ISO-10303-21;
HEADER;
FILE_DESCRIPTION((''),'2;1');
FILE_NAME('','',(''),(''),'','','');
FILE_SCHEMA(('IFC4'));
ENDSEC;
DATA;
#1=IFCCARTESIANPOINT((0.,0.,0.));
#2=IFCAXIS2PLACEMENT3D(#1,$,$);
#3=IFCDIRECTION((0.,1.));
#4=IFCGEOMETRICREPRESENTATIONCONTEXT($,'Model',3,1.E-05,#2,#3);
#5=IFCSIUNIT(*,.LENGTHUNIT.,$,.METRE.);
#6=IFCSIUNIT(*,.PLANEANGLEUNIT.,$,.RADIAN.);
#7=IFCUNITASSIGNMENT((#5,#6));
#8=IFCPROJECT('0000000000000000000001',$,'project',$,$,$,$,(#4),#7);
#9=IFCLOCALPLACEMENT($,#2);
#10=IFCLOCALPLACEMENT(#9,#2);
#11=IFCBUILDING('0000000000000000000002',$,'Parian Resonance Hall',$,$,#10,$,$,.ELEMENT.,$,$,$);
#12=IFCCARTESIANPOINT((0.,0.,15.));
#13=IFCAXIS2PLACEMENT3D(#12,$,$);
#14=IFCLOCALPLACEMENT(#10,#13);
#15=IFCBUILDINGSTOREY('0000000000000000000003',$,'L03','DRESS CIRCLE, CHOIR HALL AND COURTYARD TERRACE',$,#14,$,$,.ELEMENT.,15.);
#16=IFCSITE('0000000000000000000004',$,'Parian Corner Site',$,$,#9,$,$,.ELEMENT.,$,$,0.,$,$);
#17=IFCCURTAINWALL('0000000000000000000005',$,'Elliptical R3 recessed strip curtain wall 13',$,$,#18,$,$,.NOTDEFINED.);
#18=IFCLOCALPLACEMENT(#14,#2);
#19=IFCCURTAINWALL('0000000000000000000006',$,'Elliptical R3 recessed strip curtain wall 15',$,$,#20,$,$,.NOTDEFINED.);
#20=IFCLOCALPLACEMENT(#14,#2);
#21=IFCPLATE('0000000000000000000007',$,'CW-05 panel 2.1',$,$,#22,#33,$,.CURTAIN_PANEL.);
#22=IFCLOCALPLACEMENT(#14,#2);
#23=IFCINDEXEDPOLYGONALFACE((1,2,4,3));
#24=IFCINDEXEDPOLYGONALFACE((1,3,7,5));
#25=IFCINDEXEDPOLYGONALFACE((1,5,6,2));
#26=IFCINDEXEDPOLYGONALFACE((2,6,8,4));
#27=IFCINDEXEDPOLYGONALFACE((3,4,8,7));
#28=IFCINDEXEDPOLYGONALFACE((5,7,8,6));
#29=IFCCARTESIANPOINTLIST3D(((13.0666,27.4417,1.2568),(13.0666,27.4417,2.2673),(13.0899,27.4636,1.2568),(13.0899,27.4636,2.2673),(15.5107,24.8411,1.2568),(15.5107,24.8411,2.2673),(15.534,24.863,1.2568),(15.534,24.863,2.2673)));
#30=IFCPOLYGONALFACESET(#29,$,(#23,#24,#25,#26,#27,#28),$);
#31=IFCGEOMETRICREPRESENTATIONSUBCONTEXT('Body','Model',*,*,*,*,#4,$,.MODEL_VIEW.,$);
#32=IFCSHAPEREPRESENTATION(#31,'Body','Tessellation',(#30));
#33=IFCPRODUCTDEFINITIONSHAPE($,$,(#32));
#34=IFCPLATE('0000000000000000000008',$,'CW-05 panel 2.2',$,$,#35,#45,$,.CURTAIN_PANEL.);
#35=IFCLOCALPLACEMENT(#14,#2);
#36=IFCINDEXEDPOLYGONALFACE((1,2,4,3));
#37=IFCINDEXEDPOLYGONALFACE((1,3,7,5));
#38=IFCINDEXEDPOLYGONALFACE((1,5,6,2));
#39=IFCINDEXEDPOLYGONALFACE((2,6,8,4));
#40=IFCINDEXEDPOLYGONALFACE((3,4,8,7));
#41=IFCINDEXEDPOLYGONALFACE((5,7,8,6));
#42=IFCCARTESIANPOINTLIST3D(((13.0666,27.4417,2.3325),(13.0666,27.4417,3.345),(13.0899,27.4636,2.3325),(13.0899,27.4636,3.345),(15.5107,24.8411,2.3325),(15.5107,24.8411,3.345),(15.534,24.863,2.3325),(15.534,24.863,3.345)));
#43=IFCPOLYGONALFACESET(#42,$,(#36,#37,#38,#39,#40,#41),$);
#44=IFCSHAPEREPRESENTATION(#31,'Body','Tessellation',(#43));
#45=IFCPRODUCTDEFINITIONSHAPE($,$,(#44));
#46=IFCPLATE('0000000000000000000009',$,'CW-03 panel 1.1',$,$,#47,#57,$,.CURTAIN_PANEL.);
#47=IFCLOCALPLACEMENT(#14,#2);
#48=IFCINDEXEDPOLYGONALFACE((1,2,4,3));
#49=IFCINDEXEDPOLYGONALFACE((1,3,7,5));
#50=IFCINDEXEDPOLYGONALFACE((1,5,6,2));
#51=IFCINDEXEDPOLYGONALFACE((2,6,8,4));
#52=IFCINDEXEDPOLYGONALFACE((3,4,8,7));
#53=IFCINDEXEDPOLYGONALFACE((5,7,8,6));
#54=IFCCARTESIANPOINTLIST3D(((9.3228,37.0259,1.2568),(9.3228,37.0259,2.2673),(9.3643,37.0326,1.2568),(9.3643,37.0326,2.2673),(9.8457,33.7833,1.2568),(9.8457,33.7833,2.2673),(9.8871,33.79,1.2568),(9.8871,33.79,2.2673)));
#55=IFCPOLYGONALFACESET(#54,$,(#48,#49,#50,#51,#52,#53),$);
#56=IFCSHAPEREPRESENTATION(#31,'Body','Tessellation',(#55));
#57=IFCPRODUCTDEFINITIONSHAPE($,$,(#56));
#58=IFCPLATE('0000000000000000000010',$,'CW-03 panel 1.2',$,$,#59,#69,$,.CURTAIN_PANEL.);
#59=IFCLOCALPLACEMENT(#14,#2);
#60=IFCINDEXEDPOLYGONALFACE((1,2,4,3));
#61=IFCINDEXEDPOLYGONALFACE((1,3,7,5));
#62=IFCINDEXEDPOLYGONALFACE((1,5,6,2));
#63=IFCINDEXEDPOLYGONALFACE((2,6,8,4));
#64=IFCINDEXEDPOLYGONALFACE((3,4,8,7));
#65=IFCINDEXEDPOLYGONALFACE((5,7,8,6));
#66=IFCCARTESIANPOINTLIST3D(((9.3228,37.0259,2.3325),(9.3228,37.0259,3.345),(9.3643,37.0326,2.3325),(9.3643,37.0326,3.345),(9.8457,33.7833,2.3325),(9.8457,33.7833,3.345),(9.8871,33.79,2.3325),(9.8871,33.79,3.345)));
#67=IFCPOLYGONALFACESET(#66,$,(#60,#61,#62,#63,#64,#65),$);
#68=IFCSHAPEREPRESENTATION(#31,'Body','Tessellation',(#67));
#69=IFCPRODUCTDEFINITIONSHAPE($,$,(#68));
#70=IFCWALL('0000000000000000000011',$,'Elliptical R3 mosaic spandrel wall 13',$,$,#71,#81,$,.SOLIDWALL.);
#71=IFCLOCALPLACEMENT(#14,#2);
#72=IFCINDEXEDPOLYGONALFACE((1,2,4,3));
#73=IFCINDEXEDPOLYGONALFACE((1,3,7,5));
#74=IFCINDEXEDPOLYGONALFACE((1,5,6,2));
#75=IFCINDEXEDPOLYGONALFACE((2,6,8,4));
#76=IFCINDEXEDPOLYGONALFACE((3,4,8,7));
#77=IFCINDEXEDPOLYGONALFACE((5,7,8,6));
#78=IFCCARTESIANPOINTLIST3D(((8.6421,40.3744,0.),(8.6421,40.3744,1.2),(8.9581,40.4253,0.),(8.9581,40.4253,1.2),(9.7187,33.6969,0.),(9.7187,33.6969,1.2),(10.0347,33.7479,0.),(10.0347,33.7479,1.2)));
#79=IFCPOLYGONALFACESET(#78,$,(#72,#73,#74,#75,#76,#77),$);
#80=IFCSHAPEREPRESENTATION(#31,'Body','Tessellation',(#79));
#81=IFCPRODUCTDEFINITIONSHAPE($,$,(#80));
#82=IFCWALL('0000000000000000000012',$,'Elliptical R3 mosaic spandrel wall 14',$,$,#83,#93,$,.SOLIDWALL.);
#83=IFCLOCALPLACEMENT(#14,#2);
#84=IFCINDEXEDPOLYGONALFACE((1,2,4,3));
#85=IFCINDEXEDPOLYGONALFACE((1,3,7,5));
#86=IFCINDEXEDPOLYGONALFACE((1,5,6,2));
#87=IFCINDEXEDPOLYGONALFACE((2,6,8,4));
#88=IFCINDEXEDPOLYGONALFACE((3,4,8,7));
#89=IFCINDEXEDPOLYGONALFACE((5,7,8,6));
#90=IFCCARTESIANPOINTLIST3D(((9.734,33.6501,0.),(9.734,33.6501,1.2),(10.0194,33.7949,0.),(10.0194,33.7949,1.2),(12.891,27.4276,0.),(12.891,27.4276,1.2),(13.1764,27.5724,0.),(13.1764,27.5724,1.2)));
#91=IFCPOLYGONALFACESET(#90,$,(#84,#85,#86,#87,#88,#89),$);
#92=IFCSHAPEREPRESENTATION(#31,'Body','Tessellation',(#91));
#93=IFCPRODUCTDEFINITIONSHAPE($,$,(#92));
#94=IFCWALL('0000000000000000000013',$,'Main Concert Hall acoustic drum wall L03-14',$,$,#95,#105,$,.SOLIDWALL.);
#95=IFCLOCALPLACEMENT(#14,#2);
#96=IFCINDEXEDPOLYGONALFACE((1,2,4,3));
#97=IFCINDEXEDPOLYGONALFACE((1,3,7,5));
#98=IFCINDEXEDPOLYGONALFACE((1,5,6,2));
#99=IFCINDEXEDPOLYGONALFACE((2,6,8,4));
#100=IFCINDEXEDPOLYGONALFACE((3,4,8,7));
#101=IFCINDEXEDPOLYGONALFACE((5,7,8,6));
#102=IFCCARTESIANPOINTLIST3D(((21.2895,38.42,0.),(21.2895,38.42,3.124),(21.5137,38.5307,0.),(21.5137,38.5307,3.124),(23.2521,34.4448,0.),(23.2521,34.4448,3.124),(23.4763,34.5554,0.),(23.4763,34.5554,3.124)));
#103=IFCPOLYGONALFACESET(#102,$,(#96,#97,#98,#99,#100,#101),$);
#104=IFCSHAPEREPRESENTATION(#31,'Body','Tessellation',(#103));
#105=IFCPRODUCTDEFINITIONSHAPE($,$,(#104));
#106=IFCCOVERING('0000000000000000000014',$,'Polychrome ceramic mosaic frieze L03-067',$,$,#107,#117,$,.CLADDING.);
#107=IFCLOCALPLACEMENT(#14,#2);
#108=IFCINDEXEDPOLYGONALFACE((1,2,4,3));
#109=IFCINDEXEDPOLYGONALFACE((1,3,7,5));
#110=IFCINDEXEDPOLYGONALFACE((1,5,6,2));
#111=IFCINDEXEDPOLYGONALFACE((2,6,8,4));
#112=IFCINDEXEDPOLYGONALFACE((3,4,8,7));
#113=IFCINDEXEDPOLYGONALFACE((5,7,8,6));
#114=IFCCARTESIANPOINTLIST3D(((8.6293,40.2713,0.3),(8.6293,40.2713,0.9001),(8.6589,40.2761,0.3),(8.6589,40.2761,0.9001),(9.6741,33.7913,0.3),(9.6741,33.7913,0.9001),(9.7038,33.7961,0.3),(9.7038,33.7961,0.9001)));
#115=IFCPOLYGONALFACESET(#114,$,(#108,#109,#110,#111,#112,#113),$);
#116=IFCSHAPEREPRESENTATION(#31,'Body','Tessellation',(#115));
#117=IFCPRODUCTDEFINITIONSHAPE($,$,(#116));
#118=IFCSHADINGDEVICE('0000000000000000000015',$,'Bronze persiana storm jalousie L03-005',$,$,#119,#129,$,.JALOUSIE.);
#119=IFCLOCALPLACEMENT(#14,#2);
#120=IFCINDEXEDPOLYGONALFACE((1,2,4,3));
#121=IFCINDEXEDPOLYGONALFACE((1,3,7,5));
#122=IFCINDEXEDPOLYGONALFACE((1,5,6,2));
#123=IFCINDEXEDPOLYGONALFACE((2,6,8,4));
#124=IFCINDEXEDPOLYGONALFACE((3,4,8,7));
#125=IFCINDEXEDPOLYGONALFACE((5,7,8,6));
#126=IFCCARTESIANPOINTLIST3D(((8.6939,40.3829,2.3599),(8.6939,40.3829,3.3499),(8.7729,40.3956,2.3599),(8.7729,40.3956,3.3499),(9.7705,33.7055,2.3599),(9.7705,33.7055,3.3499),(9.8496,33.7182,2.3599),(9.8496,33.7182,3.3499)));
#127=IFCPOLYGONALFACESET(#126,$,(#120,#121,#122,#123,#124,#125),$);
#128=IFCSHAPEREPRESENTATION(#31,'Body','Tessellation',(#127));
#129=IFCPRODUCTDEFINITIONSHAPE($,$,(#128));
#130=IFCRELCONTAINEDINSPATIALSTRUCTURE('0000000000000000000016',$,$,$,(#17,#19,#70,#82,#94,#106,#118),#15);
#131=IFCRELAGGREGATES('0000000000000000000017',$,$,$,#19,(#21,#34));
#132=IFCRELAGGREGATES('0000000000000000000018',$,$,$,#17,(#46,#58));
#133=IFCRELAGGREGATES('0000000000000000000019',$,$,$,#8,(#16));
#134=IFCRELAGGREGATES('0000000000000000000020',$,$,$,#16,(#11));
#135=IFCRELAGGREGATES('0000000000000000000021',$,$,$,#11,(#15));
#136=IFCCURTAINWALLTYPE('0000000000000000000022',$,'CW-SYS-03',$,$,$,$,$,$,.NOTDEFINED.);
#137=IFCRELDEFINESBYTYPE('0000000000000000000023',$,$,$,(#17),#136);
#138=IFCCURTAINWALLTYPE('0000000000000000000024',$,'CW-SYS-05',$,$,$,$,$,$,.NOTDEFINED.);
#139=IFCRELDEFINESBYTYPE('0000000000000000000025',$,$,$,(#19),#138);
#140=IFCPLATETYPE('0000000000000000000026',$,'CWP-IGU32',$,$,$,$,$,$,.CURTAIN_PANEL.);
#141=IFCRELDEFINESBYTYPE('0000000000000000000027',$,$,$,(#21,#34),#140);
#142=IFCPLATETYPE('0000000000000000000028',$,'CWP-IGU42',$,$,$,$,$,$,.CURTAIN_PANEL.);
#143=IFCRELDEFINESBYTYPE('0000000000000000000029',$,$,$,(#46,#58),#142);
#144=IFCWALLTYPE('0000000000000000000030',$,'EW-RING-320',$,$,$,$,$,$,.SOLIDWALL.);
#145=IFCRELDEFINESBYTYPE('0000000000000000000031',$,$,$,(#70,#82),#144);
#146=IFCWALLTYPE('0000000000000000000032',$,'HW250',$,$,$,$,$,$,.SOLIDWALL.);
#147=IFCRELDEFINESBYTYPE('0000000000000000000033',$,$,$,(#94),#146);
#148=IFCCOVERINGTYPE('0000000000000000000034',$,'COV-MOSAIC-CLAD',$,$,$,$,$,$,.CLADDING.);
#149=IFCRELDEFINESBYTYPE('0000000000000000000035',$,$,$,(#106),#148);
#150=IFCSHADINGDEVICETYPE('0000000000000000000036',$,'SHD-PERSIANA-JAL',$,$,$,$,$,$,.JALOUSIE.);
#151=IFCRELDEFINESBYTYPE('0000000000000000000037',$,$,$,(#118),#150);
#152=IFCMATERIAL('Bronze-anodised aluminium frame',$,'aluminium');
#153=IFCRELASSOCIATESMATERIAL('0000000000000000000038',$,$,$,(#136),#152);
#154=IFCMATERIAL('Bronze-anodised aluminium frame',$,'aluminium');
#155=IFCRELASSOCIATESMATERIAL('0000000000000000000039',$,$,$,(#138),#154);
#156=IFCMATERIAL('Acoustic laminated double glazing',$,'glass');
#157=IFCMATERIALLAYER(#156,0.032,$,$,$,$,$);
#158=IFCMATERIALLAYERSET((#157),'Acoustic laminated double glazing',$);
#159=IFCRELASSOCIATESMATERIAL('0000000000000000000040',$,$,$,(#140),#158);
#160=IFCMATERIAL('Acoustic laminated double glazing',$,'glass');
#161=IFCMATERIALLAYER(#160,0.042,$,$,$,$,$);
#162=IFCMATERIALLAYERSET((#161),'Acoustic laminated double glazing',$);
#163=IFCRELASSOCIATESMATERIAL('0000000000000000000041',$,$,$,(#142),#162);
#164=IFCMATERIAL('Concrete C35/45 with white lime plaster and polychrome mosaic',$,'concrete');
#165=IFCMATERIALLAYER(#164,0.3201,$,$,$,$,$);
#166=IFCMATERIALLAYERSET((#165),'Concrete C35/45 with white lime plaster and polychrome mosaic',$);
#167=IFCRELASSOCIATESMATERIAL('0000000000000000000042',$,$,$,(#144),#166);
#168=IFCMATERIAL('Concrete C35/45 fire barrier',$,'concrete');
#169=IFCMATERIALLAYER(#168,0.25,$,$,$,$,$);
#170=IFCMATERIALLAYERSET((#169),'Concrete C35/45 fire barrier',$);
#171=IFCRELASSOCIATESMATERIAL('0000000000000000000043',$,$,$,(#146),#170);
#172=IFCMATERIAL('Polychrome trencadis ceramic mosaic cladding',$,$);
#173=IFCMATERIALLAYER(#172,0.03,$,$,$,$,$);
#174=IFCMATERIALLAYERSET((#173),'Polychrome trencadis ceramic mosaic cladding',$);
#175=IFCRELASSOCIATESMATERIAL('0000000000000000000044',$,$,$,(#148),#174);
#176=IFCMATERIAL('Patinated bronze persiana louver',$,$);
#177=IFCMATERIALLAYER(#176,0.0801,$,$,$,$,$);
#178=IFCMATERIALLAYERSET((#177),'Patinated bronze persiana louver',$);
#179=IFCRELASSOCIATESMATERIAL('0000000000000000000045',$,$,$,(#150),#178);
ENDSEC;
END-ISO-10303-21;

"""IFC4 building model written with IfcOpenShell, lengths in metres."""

from ifc_helpers import new_model, si_unit, direction, frame, frame_2d, origin, origin_2d, place, context, subcontext, project, spatial, rectangle, extrude, material, layer, layer_set, type_object, element, aggregate, save


model = new_model("IFC4")

# Units and contexts
model_context = context("Model", 3, precision=1e-05, world=origin(), true_north=direction((0.0, 1.0)))
body_context = subcontext(model_context, "Body", "Model", "MODEL_VIEW")
ifc_project = project(units=[si_unit("LENGTHUNIT", "METRE"), si_unit("PLANEANGLEUNIT", "RADIAN")], contexts=[model_context])

# Site, building, storey
site_placement = place(None, origin())
site = spatial("IfcSite", under=ifc_project, at=site_placement, Name="Parian Corner Site", CompositionType="ELEMENT", RefElevation=0.0)
building_placement = place(site_placement, origin())
building = spatial("IfcBuilding", under=site, at=building_placement, Name="Parian Resonance Hall", CompositionType="ELEMENT")
storey_placement = place(building_placement, frame((0.0, 0.0, 15.0)))
storey = spatial("IfcBuildingStorey", under=building, at=storey_placement, Name="L03", Description="DRESS CIRCLE, CHOIR HALL AND COURTYARD TERRACE", CompositionType="ELEMENT", Elevation=15.0)

# Curtain walls
ifc_material_1 = material(Name="Bronze-anodised aluminium frame", Category="aluminium")
curtain_wall_type_1 = type_object("IfcCurtainWallType", Name="CW-SYS-03", PredefinedType="NOTDEFINED", material=ifc_material_1)
curtain_wall_1_placement = place(storey_placement, origin())
curtain_wall_1 = element("IfcCurtainWall", 1, at=curtain_wall_1_placement, inside=storey, type_object=curtain_wall_type_1, Name="Elliptical R3 recessed strip curtain wall 13", PredefinedType="NOTDEFINED")
ifc_material_2 = material(Name="Bronze-anodised aluminium frame", Category="aluminium")
curtain_wall_type_2 = type_object("IfcCurtainWallType", Name="CW-SYS-05", PredefinedType="NOTDEFINED", material=ifc_material_2)
curtain_wall_2_placement = place(storey_placement, origin())
curtain_wall_2 = element("IfcCurtainWall", 2, at=curtain_wall_2_placement, inside=storey, type_object=curtain_wall_type_2, Name="Elliptical R3 recessed strip curtain wall 15", PredefinedType="NOTDEFINED")

# Plates
ifc_material_3 = material(Name="Acoustic laminated double glazing", Category="glass")
ifc_layer_1 = layer(ifc_material_3, 0.032)
ifc_layer_set_1 = layer_set([ifc_layer_1], Name="Acoustic laminated double glazing")
plate_type_1 = type_object("IfcPlateType", Name="CWP-IGU32", PredefinedType="CURTAIN_PANEL", material=ifc_layer_set_1)
plate_1_placement = place(storey_placement, frame((14.3003, 26.1523, 1.2568), z_axis=(0.0, 0.0, 1.0), x_axis=(-0.684838, 0.728695, 0.0)))
plate_1 = element("IfcPlate", 3, at=plate_1_placement, type_object=plate_type_1, Name="CW-05 panel 2.1", PredefinedType="CURTAIN_PANEL", context=body_context, shape_type="SweptSolid", body=[
    extrude(rectangle(XDim=3.5688, YDim=0.032, at=origin_2d()), origin(), (0.0, 0.0, 1.0), 1.0105),
])
plate_2_placement = place(storey_placement, frame((14.3003, 26.1523, 2.3325), z_axis=(0.0, 0.0, 1.0), x_axis=(-0.684838, 0.728695, 0.0)))
plate_2 = element("IfcPlate", 4, at=plate_2_placement, type_object=plate_type_1, Name="CW-05 panel 2.2", PredefinedType="CURTAIN_PANEL", context=body_context, shape_type="SweptSolid", body=[
    extrude(rectangle(XDim=3.5688, YDim=0.032, at=origin_2d()), origin(), (0.0, 0.0, 1.0), 1.0125),
])
aggregate(curtain_wall_2, [plate_1, plate_2])
ifc_material_4 = material(Name="Acoustic laminated double glazing", Category="glass")
ifc_layer_2 = layer(ifc_material_4, 0.042)
ifc_layer_set_2 = layer_set([ifc_layer_2], Name="Acoustic laminated double glazing")
plate_type_2 = type_object("IfcPlateType", Name="CWP-IGU42", PredefinedType="CURTAIN_PANEL", material=ifc_layer_set_2)
plate_3_placement = place(storey_placement, frame((9.605, 35.408, 1.2568), z_axis=(0.0, 0.0, 1.0), x_axis=(-0.159187, 0.987248, 0.0)))
plate_3 = element("IfcPlate", 5, at=plate_3_placement, type_object=plate_type_2, Name="CW-03 panel 1.1", PredefinedType="CURTAIN_PANEL", context=body_context, shape_type="SweptSolid", body=[
    extrude(rectangle(XDim=3.2844, YDim=0.042, at=origin_2d()), origin(), (0.0, 0.0, 1.0), 1.0105),
])
plate_4_placement = place(storey_placement, frame((9.605, 35.408, 2.3325), z_axis=(0.0, 0.0, 1.0), x_axis=(-0.159187, 0.987248, 0.0)))
plate_4 = element("IfcPlate", 6, at=plate_4_placement, type_object=plate_type_2, Name="CW-03 panel 1.2", PredefinedType="CURTAIN_PANEL", context=body_context, shape_type="SweptSolid", body=[
    extrude(rectangle(XDim=3.2844, YDim=0.042, at=origin_2d()), origin(), (0.0, 0.0, 1.0), 1.0125),
])
aggregate(curtain_wall_1, [plate_3, plate_4])

# Walls
ifc_material_5 = material(Name="Concrete C35/45 with white lime plaster and polychrome mosaic", Category="concrete")
ifc_layer_3 = layer(ifc_material_5, 0.3201)
ifc_layer_set_3 = layer_set([ifc_layer_3], Name="Concrete C35/45 with white lime plaster and polychrome mosaic")
wall_type_1 = type_object("IfcWallType", Name="EW-RING-320", PredefinedType="SOLIDWALL", material=ifc_layer_set_3)
wall_1_placement = place(storey_placement, frame((9.8767, 33.7224, 0.0), z_axis=(0.0, 0.0, 1.0), x_axis=(-0.159181, 0.987249, 0.0)))
element("IfcWall", 7, at=wall_1_placement, inside=storey, type_object=wall_type_1, Name="Elliptical R3 mosaic spandrel wall 13", PredefinedType="SOLIDWALL", context=body_context, shape_type="SweptSolid", body=[
    extrude(rectangle(XDim=6.7637, YDim=0.3201, at=frame_2d((3.3818, 0.0))), origin(), (0.0, 0.0, 1.0), 1.2),
])
wall_2_placement = place(storey_placement, frame((13.0337, 27.5, 0.0), z_axis=(0.0, 0.0, 1.0), x_axis=(-0.452454, 0.891788, 0.0)))
element("IfcWall", 8, at=wall_2_placement, inside=storey, type_object=wall_type_1, Name="Elliptical R3 mosaic spandrel wall 14", PredefinedType="SOLIDWALL", context=body_context, shape_type="SweptSolid", body=[
    extrude(rectangle(XDim=6.9775, YDim=0.3201, at=frame_2d((3.4888, 0.0))), origin(), (0.0, 0.0, 1.0), 1.2),
])
ifc_material_6 = material(Name="Concrete C35/45 fire barrier", Category="concrete")
ifc_layer_4 = layer(ifc_material_6, 0.25)
ifc_layer_set_4 = layer_set([ifc_layer_4], Name="Concrete C35/45 fire barrier")
wall_type_2 = type_object("IfcWallType", Name="HW250", PredefinedType="SOLIDWALL", material=ifc_layer_set_4)
wall_3_placement = place(storey_placement, frame((23.3643, 34.5, 0.0), z_axis=(0.0, 0.0, 1.0), x_axis=(-0.442692, 0.896674, 0.0)))
element("IfcWall", 9, at=wall_3_placement, inside=storey, type_object=wall_type_2, Name="Main Concert Hall acoustic drum wall L03-14", PredefinedType="SOLIDWALL", context=body_context, shape_type="SweptSolid", body=[
    extrude(rectangle(XDim=4.4333, YDim=0.25, at=frame_2d((2.2168, 0.0))), origin(), (0.0, 0.0, 1.0), 3.124),
])

# Covering
ifc_material_7 = material(Name="Polychrome trencadis ceramic mosaic cladding")
ifc_layer_5 = layer(ifc_material_7, 0.03)
ifc_layer_set_5 = layer_set([ifc_layer_5], Name="Polychrome trencadis ceramic mosaic cladding")
covering_type = type_object("IfcCoveringType", Name="COV-MOSAIC-CLAD", PredefinedType="CLADDING", material=ifc_layer_set_5)
covering_placement = place(storey_placement, frame((9.1665, 37.0337, 0.3), z_axis=(0.0, 0.0, 1.0), x_axis=(-0.159187, 0.987248, 0.0)))
element("IfcCovering", 10, at=covering_placement, inside=storey, type_object=covering_type, Name="Polychrome ceramic mosaic frieze L03-067", PredefinedType="CLADDING", context=body_context, shape_type="SweptSolid", body=[
    extrude(rectangle(XDim=6.5637, YDim=0.03, at=origin_2d()), origin(), (0.0, 0.0, 1.0), 0.6001),
])

# Shading device
ifc_material_8 = material(Name="Patinated bronze persiana louver")
ifc_layer_6 = layer(ifc_material_8, 0.0801)
ifc_layer_set_6 = layer_set([ifc_layer_6], Name="Patinated bronze persiana louver")
shading_device_type = type_object("IfcShadingDeviceType", Name="SHD-PERSIANA-JAL", PredefinedType="JALOUSIE", material=ifc_layer_set_6)
shading_device_placement = place(storey_placement, frame((9.2717, 37.0505, 2.3599), z_axis=(0.0, 0.0, 1.0), x_axis=(-0.159187, 0.987248, 0.0)))
element("IfcShadingDevice", 11, at=shading_device_placement, inside=storey, type_object=shading_device_type, Name="Bronze persiana storm jalousie L03-005", PredefinedType="JALOUSIE", context=body_context, shape_type="SweptSolid", body=[
    extrude(rectangle(XDim=6.7637, YDim=0.0801, at=origin_2d()), origin(), (0.0, 0.0, 1.0), 0.99),
])

save(model, "model.ifc")
